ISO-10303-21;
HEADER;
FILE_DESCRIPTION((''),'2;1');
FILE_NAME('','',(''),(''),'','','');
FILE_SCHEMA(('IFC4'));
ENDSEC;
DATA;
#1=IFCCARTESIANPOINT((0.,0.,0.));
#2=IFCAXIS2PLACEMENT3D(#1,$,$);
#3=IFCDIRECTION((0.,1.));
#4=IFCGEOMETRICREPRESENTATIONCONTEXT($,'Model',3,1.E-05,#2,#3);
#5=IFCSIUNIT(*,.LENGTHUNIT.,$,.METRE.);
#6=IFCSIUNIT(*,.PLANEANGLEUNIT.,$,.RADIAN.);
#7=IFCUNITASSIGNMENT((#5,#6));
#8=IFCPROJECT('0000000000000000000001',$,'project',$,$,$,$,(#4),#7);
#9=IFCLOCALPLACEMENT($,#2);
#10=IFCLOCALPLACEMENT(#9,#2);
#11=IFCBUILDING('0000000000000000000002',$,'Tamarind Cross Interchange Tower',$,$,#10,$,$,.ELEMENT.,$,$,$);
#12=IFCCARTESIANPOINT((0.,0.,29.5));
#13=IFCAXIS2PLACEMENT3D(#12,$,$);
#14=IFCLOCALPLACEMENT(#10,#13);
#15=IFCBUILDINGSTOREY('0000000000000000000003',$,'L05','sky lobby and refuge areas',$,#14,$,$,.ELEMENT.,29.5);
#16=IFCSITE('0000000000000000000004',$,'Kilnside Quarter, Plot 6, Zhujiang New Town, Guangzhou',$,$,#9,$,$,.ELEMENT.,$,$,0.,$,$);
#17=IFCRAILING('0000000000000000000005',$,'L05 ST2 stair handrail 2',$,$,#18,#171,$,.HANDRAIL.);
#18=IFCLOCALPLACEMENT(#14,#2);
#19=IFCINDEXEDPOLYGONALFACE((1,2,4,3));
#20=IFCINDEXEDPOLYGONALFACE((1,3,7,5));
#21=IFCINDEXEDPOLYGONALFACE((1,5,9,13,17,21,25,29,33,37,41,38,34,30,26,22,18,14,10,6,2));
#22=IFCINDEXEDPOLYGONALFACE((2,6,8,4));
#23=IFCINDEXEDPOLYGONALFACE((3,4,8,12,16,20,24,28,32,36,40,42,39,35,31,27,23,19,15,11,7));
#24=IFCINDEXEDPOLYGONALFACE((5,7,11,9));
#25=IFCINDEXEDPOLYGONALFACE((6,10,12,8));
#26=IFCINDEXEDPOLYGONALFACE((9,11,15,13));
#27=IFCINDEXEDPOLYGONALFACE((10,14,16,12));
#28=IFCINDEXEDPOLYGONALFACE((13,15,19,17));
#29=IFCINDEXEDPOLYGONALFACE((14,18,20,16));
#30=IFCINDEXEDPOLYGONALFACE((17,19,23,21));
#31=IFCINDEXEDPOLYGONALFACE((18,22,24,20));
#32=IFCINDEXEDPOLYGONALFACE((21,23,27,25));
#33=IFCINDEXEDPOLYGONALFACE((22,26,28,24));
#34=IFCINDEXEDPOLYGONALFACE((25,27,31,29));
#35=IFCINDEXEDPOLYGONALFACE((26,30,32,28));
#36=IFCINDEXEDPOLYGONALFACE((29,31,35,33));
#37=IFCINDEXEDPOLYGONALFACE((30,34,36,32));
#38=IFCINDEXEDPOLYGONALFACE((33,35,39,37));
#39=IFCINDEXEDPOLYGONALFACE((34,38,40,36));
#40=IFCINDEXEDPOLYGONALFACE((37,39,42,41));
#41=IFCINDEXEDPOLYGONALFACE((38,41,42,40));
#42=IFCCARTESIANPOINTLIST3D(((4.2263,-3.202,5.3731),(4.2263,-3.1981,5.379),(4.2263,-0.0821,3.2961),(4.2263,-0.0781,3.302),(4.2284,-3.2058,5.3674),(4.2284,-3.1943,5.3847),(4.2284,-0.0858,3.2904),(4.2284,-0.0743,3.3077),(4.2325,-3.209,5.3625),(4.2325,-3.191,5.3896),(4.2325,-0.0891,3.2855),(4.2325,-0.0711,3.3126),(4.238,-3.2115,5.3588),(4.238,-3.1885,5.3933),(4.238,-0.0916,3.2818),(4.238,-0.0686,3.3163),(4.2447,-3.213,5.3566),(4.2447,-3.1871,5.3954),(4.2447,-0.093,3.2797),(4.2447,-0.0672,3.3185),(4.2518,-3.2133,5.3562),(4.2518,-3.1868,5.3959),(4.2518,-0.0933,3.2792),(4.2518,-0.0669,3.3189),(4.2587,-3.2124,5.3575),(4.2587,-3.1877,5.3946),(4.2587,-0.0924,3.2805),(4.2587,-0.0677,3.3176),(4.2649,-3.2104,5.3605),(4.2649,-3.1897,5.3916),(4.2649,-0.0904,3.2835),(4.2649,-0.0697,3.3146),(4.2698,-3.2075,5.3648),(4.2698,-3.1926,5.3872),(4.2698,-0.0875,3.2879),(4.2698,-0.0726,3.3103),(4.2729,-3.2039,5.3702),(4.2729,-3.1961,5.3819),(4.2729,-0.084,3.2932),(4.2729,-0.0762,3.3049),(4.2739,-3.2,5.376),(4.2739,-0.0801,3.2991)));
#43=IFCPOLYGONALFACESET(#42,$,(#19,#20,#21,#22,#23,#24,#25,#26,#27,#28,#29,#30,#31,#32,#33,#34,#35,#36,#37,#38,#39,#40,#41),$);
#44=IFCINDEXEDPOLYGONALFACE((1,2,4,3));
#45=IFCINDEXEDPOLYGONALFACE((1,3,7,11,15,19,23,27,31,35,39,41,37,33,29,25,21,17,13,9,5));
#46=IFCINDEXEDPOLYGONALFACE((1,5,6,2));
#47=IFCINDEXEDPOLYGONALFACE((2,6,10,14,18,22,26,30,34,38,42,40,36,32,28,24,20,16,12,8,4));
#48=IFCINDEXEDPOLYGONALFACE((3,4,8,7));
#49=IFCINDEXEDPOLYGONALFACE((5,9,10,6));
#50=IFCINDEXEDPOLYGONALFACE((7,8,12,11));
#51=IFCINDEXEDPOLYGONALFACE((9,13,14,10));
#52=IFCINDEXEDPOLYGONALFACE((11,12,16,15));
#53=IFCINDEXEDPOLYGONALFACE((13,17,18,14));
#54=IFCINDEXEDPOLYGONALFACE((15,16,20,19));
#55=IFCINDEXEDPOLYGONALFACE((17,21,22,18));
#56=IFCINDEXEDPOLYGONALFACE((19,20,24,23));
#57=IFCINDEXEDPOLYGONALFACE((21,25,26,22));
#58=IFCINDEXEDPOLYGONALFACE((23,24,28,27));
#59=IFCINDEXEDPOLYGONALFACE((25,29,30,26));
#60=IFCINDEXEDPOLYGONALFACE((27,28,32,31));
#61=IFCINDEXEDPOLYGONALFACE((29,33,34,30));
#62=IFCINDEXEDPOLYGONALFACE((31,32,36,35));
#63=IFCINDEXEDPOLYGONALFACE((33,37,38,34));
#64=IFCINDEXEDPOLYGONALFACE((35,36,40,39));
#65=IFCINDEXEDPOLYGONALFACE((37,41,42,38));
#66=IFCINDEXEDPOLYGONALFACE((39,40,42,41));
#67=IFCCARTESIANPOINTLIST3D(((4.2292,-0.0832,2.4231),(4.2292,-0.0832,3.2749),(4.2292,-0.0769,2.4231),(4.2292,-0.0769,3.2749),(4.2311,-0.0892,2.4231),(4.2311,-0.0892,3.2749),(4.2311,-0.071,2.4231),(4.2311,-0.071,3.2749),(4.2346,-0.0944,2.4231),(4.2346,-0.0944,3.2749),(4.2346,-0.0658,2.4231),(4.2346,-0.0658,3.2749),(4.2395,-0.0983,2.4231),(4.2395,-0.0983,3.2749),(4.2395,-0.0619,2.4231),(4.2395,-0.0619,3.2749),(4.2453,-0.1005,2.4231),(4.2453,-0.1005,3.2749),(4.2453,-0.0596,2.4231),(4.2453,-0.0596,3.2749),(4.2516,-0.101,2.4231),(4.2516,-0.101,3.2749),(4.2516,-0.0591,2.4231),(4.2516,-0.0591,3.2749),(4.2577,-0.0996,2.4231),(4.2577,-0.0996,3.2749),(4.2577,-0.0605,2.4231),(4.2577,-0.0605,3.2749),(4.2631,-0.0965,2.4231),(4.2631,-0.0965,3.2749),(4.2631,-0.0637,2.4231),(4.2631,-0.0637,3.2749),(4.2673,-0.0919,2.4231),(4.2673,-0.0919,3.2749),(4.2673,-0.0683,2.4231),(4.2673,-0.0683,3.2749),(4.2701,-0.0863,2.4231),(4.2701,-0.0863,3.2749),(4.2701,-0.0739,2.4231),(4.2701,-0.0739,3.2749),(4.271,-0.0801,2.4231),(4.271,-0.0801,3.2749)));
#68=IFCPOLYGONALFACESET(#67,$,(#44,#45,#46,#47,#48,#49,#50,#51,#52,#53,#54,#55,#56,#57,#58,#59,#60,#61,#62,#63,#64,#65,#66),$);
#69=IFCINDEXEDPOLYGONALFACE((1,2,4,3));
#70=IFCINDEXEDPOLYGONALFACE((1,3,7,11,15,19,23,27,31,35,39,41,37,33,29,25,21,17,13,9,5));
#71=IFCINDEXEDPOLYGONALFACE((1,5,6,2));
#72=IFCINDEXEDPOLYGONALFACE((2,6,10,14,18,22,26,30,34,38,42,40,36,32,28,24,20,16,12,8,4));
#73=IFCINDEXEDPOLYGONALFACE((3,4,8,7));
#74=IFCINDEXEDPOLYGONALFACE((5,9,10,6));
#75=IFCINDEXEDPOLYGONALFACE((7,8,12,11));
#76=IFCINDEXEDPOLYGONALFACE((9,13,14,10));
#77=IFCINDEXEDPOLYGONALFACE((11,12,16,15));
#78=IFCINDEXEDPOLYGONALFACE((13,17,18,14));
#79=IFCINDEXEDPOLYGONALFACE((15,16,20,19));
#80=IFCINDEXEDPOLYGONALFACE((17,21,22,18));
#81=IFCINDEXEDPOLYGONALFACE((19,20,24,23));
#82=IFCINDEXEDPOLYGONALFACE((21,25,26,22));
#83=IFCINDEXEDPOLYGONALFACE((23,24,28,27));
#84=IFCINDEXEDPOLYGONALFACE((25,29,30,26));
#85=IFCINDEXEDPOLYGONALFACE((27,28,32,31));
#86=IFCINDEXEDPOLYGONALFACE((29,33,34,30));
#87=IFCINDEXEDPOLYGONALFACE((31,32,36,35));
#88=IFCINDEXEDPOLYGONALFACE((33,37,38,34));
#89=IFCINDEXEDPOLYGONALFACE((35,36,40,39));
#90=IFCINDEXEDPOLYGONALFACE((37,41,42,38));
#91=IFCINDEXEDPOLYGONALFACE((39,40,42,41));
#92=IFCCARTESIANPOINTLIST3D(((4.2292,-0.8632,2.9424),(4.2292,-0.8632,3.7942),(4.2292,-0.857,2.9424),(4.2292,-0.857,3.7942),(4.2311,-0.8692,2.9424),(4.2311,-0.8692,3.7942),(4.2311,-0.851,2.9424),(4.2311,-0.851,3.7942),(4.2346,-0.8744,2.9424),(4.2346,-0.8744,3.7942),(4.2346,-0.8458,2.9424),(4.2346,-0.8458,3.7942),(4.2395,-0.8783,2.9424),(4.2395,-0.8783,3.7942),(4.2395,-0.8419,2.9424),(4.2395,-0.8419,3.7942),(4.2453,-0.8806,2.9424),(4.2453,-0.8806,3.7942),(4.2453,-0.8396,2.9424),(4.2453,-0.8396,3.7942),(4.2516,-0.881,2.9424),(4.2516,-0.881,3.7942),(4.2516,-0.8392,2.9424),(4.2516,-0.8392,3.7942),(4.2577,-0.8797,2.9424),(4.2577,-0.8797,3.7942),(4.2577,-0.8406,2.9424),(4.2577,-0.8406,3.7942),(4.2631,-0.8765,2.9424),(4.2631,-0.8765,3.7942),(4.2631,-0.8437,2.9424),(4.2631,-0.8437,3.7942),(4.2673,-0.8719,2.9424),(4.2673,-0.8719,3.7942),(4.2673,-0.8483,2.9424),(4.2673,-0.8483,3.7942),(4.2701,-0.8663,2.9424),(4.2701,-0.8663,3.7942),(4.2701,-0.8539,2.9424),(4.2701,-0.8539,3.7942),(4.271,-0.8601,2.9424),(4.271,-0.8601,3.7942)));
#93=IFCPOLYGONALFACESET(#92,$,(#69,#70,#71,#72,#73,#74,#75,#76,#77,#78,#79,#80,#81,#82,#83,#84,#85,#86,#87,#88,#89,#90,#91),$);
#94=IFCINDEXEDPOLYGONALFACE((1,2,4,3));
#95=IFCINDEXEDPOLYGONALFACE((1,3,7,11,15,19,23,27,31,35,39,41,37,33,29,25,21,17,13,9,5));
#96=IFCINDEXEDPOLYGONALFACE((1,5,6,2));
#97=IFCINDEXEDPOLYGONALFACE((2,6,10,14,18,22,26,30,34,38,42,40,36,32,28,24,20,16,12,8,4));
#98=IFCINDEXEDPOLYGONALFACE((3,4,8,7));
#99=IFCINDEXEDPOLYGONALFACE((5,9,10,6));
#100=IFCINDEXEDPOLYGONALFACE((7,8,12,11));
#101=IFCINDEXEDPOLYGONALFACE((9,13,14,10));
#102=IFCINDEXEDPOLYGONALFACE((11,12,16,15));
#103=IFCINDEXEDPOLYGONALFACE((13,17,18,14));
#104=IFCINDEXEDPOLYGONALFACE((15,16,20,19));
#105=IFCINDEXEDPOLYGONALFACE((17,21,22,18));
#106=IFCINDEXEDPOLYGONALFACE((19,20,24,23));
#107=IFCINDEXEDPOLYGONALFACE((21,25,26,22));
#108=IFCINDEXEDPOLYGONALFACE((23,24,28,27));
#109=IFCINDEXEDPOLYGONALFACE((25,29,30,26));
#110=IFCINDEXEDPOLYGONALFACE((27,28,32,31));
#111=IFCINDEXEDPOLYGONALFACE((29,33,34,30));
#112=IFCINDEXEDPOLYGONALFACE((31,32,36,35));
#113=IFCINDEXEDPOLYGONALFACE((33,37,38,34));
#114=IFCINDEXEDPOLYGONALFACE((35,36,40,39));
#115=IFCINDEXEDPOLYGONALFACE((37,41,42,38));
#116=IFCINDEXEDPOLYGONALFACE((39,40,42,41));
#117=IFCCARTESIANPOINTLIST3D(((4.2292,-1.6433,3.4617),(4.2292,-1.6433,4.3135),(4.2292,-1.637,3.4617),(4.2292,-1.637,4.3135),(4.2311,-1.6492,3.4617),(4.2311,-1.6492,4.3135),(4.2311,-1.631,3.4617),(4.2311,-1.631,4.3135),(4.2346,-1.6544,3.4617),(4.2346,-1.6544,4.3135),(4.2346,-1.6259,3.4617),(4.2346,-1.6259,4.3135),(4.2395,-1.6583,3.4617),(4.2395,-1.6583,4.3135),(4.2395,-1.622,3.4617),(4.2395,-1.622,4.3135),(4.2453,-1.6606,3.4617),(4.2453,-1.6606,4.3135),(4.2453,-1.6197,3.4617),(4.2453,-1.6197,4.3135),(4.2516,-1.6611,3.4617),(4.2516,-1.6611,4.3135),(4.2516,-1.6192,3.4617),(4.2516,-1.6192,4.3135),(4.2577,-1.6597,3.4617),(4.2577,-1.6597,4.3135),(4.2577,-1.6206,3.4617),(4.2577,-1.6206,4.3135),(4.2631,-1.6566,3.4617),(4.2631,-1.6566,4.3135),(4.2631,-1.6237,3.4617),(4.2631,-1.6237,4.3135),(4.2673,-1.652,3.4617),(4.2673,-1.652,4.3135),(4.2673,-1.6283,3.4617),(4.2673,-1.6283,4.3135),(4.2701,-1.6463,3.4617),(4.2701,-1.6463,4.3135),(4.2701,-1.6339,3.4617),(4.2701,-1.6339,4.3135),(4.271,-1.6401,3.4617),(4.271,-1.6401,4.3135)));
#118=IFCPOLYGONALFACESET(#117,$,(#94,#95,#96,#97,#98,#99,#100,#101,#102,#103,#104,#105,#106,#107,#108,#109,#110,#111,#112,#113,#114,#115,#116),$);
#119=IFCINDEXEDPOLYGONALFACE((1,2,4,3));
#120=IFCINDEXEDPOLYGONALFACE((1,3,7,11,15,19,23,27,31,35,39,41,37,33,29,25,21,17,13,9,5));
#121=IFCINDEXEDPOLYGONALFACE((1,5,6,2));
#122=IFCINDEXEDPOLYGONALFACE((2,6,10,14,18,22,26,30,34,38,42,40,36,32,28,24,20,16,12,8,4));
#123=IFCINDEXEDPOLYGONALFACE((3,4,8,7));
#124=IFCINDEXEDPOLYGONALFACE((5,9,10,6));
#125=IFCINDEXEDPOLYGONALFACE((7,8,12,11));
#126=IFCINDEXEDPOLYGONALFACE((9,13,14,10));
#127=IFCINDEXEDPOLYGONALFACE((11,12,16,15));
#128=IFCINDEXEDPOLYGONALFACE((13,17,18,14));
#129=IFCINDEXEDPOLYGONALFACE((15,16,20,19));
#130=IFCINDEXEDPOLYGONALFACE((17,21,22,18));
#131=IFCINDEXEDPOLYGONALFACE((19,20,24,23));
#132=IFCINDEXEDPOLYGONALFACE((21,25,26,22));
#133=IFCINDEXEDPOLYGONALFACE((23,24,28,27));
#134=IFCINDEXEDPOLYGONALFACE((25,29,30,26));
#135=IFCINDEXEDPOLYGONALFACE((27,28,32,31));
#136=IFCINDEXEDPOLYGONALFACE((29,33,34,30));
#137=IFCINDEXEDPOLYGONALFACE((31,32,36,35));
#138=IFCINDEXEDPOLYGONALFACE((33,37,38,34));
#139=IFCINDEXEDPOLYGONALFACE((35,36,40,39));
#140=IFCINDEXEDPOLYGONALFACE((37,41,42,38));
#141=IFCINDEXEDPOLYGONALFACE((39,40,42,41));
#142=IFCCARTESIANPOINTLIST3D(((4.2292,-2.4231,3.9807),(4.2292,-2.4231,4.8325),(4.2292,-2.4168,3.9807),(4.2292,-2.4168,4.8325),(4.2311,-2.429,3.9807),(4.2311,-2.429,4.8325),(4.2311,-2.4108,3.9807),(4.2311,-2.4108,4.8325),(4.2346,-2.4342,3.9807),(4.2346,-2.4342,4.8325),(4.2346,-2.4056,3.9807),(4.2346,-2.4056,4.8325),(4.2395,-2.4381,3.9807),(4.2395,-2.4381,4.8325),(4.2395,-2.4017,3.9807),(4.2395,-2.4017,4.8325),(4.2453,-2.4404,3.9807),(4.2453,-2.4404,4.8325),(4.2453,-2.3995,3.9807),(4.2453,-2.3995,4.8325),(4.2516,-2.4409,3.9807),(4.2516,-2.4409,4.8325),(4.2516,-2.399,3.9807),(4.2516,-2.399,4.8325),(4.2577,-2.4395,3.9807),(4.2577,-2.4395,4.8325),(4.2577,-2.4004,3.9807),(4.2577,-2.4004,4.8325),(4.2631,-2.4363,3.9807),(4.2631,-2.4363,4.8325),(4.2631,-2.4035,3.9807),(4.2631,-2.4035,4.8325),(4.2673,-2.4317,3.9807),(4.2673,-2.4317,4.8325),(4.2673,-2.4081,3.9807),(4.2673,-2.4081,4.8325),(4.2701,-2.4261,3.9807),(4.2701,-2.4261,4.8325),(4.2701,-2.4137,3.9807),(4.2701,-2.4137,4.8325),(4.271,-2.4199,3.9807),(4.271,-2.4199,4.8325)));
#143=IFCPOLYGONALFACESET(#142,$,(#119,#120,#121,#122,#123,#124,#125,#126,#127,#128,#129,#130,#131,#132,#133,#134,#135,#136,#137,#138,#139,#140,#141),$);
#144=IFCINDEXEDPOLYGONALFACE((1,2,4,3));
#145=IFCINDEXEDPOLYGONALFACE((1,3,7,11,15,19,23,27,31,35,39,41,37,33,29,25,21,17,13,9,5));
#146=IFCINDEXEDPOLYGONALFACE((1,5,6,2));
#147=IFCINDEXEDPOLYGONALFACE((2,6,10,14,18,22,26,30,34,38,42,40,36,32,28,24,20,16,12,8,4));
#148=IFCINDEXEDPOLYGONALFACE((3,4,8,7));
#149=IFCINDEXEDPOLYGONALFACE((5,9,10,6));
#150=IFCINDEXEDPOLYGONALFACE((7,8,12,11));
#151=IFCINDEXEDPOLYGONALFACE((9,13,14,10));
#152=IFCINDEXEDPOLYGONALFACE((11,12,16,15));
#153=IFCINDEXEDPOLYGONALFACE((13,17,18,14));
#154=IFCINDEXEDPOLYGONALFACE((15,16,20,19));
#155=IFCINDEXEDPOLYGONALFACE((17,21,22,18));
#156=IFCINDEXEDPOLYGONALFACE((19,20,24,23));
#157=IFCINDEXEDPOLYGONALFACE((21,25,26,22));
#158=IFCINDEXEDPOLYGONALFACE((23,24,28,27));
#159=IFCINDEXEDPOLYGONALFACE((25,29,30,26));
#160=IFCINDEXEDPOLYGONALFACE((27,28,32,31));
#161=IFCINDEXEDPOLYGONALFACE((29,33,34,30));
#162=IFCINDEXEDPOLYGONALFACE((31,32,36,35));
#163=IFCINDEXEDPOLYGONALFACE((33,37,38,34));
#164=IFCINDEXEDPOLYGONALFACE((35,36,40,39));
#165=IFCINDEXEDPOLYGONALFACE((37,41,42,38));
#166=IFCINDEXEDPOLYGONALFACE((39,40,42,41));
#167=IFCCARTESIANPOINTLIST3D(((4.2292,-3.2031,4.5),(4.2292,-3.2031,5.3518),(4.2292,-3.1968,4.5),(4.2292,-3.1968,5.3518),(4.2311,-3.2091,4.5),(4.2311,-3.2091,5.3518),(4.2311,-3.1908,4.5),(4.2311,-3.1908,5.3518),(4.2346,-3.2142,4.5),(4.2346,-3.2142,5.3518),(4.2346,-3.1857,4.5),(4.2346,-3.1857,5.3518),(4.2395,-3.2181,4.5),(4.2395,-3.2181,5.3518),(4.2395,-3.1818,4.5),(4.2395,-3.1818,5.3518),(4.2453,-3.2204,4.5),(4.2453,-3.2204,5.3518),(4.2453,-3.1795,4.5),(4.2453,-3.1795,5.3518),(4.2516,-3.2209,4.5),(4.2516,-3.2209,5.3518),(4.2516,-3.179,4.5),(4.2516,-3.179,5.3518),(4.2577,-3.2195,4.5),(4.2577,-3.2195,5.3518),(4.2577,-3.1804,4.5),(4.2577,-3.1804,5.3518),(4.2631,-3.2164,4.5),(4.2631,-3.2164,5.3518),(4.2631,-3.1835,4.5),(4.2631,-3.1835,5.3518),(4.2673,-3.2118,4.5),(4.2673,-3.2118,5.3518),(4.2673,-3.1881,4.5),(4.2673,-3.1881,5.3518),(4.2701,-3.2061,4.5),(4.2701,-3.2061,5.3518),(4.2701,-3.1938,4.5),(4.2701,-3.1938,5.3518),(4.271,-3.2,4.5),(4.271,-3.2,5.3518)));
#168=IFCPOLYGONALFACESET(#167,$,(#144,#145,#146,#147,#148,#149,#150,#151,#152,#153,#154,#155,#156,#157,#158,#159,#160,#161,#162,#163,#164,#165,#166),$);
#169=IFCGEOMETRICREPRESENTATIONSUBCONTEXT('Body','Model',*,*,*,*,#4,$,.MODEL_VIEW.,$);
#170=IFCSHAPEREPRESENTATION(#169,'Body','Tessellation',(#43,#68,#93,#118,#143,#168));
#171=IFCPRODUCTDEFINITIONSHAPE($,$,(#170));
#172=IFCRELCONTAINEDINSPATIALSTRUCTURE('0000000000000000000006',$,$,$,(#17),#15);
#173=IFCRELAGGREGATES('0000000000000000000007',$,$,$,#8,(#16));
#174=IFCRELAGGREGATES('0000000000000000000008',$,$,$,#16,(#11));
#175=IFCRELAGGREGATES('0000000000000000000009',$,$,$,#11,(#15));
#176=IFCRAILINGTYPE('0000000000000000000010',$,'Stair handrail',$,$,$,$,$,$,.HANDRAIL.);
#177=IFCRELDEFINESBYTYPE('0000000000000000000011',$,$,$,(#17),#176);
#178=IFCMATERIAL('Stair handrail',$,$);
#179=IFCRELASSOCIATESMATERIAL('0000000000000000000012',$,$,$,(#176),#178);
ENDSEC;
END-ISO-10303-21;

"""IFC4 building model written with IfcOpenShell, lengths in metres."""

from ifc_helpers import new_model, si_unit, direction, frame, origin, origin_2d, place, context, subcontext, project, spatial, circle, extrude, material, type_object, element, save


model = new_model("IFC4")

# Units and contexts
model_context = context("Model", 3, precision=1e-05, world=origin(), true_north=direction((0.0, 1.0)))
body_context = subcontext(model_context, "Body", "Model", "MODEL_VIEW")
ifc_project = project(units=[si_unit("LENGTHUNIT", "METRE"), si_unit("PLANEANGLEUNIT", "RADIAN")], contexts=[model_context])

# Site, building, storey
site_placement = place(None, origin())
site = spatial("IfcSite", under=ifc_project, at=site_placement, Name="Kilnside Quarter, Plot 6, Zhujiang New Town, Guangzhou", CompositionType="ELEMENT", RefElevation=0.0)
building_placement = place(site_placement, origin())
building = spatial("IfcBuilding", under=site, at=building_placement, Name="Tamarind Cross Interchange Tower", CompositionType="ELEMENT")
storey_placement = place(building_placement, frame((0.0, 0.0, 29.5)))
storey = spatial("IfcBuildingStorey", under=building, at=storey_placement, Name="L05", Description="sky lobby and refuge areas", CompositionType="ELEMENT", Elevation=29.5)

# Railing
ifc_material_1 = material(Name="Stair handrail")
railing_type_1 = type_object("IfcRailingType", Name="Stair handrail", PredefinedType="HANDRAIL", material=ifc_material_1)
railing_1_placement = place(storey_placement, frame((4.25, -0.0801, 2.4231)))
element("IfcRailing", 1, at=railing_1_placement, inside=storey, type_object=railing_type_1, Name="L05 ST2 stair handrail 2", PredefinedType="HANDRAIL", context=body_context, shape_type="SweptSolid", body=[
    extrude(circle(Radius=0.0239, at=origin_2d()), frame((0.0, 0.0, 0.876), z_axis=(0.0, -0.832421, 0.554144), x_axis=(1.0, 0.0, 0.0)), (0.0, 0.0, 1.0), 3.748),
    extrude(circle(Radius=0.021, at=origin_2d()), origin(), (0.0, 0.0, 1.0), 0.8518),
    extrude(circle(Radius=0.021, at=origin_2d()), frame((0.0, -0.78, 0.5193)), (0.0, 0.0, 1.0), 0.8518),
    extrude(circle(Radius=0.021, at=origin_2d()), frame((0.0, -1.5601, 1.0386)), (0.0, 0.0, 1.0), 0.8518),
    extrude(circle(Radius=0.021, at=origin_2d()), frame((0.0, -2.3398, 1.5576)), (0.0, 0.0, 1.0), 0.8518),
    extrude(circle(Radius=0.021, at=origin_2d()), frame((0.0, -3.1199, 2.0769)), (0.0, 0.0, 1.0), 0.8518),
])

save(model, "model.ifc")
